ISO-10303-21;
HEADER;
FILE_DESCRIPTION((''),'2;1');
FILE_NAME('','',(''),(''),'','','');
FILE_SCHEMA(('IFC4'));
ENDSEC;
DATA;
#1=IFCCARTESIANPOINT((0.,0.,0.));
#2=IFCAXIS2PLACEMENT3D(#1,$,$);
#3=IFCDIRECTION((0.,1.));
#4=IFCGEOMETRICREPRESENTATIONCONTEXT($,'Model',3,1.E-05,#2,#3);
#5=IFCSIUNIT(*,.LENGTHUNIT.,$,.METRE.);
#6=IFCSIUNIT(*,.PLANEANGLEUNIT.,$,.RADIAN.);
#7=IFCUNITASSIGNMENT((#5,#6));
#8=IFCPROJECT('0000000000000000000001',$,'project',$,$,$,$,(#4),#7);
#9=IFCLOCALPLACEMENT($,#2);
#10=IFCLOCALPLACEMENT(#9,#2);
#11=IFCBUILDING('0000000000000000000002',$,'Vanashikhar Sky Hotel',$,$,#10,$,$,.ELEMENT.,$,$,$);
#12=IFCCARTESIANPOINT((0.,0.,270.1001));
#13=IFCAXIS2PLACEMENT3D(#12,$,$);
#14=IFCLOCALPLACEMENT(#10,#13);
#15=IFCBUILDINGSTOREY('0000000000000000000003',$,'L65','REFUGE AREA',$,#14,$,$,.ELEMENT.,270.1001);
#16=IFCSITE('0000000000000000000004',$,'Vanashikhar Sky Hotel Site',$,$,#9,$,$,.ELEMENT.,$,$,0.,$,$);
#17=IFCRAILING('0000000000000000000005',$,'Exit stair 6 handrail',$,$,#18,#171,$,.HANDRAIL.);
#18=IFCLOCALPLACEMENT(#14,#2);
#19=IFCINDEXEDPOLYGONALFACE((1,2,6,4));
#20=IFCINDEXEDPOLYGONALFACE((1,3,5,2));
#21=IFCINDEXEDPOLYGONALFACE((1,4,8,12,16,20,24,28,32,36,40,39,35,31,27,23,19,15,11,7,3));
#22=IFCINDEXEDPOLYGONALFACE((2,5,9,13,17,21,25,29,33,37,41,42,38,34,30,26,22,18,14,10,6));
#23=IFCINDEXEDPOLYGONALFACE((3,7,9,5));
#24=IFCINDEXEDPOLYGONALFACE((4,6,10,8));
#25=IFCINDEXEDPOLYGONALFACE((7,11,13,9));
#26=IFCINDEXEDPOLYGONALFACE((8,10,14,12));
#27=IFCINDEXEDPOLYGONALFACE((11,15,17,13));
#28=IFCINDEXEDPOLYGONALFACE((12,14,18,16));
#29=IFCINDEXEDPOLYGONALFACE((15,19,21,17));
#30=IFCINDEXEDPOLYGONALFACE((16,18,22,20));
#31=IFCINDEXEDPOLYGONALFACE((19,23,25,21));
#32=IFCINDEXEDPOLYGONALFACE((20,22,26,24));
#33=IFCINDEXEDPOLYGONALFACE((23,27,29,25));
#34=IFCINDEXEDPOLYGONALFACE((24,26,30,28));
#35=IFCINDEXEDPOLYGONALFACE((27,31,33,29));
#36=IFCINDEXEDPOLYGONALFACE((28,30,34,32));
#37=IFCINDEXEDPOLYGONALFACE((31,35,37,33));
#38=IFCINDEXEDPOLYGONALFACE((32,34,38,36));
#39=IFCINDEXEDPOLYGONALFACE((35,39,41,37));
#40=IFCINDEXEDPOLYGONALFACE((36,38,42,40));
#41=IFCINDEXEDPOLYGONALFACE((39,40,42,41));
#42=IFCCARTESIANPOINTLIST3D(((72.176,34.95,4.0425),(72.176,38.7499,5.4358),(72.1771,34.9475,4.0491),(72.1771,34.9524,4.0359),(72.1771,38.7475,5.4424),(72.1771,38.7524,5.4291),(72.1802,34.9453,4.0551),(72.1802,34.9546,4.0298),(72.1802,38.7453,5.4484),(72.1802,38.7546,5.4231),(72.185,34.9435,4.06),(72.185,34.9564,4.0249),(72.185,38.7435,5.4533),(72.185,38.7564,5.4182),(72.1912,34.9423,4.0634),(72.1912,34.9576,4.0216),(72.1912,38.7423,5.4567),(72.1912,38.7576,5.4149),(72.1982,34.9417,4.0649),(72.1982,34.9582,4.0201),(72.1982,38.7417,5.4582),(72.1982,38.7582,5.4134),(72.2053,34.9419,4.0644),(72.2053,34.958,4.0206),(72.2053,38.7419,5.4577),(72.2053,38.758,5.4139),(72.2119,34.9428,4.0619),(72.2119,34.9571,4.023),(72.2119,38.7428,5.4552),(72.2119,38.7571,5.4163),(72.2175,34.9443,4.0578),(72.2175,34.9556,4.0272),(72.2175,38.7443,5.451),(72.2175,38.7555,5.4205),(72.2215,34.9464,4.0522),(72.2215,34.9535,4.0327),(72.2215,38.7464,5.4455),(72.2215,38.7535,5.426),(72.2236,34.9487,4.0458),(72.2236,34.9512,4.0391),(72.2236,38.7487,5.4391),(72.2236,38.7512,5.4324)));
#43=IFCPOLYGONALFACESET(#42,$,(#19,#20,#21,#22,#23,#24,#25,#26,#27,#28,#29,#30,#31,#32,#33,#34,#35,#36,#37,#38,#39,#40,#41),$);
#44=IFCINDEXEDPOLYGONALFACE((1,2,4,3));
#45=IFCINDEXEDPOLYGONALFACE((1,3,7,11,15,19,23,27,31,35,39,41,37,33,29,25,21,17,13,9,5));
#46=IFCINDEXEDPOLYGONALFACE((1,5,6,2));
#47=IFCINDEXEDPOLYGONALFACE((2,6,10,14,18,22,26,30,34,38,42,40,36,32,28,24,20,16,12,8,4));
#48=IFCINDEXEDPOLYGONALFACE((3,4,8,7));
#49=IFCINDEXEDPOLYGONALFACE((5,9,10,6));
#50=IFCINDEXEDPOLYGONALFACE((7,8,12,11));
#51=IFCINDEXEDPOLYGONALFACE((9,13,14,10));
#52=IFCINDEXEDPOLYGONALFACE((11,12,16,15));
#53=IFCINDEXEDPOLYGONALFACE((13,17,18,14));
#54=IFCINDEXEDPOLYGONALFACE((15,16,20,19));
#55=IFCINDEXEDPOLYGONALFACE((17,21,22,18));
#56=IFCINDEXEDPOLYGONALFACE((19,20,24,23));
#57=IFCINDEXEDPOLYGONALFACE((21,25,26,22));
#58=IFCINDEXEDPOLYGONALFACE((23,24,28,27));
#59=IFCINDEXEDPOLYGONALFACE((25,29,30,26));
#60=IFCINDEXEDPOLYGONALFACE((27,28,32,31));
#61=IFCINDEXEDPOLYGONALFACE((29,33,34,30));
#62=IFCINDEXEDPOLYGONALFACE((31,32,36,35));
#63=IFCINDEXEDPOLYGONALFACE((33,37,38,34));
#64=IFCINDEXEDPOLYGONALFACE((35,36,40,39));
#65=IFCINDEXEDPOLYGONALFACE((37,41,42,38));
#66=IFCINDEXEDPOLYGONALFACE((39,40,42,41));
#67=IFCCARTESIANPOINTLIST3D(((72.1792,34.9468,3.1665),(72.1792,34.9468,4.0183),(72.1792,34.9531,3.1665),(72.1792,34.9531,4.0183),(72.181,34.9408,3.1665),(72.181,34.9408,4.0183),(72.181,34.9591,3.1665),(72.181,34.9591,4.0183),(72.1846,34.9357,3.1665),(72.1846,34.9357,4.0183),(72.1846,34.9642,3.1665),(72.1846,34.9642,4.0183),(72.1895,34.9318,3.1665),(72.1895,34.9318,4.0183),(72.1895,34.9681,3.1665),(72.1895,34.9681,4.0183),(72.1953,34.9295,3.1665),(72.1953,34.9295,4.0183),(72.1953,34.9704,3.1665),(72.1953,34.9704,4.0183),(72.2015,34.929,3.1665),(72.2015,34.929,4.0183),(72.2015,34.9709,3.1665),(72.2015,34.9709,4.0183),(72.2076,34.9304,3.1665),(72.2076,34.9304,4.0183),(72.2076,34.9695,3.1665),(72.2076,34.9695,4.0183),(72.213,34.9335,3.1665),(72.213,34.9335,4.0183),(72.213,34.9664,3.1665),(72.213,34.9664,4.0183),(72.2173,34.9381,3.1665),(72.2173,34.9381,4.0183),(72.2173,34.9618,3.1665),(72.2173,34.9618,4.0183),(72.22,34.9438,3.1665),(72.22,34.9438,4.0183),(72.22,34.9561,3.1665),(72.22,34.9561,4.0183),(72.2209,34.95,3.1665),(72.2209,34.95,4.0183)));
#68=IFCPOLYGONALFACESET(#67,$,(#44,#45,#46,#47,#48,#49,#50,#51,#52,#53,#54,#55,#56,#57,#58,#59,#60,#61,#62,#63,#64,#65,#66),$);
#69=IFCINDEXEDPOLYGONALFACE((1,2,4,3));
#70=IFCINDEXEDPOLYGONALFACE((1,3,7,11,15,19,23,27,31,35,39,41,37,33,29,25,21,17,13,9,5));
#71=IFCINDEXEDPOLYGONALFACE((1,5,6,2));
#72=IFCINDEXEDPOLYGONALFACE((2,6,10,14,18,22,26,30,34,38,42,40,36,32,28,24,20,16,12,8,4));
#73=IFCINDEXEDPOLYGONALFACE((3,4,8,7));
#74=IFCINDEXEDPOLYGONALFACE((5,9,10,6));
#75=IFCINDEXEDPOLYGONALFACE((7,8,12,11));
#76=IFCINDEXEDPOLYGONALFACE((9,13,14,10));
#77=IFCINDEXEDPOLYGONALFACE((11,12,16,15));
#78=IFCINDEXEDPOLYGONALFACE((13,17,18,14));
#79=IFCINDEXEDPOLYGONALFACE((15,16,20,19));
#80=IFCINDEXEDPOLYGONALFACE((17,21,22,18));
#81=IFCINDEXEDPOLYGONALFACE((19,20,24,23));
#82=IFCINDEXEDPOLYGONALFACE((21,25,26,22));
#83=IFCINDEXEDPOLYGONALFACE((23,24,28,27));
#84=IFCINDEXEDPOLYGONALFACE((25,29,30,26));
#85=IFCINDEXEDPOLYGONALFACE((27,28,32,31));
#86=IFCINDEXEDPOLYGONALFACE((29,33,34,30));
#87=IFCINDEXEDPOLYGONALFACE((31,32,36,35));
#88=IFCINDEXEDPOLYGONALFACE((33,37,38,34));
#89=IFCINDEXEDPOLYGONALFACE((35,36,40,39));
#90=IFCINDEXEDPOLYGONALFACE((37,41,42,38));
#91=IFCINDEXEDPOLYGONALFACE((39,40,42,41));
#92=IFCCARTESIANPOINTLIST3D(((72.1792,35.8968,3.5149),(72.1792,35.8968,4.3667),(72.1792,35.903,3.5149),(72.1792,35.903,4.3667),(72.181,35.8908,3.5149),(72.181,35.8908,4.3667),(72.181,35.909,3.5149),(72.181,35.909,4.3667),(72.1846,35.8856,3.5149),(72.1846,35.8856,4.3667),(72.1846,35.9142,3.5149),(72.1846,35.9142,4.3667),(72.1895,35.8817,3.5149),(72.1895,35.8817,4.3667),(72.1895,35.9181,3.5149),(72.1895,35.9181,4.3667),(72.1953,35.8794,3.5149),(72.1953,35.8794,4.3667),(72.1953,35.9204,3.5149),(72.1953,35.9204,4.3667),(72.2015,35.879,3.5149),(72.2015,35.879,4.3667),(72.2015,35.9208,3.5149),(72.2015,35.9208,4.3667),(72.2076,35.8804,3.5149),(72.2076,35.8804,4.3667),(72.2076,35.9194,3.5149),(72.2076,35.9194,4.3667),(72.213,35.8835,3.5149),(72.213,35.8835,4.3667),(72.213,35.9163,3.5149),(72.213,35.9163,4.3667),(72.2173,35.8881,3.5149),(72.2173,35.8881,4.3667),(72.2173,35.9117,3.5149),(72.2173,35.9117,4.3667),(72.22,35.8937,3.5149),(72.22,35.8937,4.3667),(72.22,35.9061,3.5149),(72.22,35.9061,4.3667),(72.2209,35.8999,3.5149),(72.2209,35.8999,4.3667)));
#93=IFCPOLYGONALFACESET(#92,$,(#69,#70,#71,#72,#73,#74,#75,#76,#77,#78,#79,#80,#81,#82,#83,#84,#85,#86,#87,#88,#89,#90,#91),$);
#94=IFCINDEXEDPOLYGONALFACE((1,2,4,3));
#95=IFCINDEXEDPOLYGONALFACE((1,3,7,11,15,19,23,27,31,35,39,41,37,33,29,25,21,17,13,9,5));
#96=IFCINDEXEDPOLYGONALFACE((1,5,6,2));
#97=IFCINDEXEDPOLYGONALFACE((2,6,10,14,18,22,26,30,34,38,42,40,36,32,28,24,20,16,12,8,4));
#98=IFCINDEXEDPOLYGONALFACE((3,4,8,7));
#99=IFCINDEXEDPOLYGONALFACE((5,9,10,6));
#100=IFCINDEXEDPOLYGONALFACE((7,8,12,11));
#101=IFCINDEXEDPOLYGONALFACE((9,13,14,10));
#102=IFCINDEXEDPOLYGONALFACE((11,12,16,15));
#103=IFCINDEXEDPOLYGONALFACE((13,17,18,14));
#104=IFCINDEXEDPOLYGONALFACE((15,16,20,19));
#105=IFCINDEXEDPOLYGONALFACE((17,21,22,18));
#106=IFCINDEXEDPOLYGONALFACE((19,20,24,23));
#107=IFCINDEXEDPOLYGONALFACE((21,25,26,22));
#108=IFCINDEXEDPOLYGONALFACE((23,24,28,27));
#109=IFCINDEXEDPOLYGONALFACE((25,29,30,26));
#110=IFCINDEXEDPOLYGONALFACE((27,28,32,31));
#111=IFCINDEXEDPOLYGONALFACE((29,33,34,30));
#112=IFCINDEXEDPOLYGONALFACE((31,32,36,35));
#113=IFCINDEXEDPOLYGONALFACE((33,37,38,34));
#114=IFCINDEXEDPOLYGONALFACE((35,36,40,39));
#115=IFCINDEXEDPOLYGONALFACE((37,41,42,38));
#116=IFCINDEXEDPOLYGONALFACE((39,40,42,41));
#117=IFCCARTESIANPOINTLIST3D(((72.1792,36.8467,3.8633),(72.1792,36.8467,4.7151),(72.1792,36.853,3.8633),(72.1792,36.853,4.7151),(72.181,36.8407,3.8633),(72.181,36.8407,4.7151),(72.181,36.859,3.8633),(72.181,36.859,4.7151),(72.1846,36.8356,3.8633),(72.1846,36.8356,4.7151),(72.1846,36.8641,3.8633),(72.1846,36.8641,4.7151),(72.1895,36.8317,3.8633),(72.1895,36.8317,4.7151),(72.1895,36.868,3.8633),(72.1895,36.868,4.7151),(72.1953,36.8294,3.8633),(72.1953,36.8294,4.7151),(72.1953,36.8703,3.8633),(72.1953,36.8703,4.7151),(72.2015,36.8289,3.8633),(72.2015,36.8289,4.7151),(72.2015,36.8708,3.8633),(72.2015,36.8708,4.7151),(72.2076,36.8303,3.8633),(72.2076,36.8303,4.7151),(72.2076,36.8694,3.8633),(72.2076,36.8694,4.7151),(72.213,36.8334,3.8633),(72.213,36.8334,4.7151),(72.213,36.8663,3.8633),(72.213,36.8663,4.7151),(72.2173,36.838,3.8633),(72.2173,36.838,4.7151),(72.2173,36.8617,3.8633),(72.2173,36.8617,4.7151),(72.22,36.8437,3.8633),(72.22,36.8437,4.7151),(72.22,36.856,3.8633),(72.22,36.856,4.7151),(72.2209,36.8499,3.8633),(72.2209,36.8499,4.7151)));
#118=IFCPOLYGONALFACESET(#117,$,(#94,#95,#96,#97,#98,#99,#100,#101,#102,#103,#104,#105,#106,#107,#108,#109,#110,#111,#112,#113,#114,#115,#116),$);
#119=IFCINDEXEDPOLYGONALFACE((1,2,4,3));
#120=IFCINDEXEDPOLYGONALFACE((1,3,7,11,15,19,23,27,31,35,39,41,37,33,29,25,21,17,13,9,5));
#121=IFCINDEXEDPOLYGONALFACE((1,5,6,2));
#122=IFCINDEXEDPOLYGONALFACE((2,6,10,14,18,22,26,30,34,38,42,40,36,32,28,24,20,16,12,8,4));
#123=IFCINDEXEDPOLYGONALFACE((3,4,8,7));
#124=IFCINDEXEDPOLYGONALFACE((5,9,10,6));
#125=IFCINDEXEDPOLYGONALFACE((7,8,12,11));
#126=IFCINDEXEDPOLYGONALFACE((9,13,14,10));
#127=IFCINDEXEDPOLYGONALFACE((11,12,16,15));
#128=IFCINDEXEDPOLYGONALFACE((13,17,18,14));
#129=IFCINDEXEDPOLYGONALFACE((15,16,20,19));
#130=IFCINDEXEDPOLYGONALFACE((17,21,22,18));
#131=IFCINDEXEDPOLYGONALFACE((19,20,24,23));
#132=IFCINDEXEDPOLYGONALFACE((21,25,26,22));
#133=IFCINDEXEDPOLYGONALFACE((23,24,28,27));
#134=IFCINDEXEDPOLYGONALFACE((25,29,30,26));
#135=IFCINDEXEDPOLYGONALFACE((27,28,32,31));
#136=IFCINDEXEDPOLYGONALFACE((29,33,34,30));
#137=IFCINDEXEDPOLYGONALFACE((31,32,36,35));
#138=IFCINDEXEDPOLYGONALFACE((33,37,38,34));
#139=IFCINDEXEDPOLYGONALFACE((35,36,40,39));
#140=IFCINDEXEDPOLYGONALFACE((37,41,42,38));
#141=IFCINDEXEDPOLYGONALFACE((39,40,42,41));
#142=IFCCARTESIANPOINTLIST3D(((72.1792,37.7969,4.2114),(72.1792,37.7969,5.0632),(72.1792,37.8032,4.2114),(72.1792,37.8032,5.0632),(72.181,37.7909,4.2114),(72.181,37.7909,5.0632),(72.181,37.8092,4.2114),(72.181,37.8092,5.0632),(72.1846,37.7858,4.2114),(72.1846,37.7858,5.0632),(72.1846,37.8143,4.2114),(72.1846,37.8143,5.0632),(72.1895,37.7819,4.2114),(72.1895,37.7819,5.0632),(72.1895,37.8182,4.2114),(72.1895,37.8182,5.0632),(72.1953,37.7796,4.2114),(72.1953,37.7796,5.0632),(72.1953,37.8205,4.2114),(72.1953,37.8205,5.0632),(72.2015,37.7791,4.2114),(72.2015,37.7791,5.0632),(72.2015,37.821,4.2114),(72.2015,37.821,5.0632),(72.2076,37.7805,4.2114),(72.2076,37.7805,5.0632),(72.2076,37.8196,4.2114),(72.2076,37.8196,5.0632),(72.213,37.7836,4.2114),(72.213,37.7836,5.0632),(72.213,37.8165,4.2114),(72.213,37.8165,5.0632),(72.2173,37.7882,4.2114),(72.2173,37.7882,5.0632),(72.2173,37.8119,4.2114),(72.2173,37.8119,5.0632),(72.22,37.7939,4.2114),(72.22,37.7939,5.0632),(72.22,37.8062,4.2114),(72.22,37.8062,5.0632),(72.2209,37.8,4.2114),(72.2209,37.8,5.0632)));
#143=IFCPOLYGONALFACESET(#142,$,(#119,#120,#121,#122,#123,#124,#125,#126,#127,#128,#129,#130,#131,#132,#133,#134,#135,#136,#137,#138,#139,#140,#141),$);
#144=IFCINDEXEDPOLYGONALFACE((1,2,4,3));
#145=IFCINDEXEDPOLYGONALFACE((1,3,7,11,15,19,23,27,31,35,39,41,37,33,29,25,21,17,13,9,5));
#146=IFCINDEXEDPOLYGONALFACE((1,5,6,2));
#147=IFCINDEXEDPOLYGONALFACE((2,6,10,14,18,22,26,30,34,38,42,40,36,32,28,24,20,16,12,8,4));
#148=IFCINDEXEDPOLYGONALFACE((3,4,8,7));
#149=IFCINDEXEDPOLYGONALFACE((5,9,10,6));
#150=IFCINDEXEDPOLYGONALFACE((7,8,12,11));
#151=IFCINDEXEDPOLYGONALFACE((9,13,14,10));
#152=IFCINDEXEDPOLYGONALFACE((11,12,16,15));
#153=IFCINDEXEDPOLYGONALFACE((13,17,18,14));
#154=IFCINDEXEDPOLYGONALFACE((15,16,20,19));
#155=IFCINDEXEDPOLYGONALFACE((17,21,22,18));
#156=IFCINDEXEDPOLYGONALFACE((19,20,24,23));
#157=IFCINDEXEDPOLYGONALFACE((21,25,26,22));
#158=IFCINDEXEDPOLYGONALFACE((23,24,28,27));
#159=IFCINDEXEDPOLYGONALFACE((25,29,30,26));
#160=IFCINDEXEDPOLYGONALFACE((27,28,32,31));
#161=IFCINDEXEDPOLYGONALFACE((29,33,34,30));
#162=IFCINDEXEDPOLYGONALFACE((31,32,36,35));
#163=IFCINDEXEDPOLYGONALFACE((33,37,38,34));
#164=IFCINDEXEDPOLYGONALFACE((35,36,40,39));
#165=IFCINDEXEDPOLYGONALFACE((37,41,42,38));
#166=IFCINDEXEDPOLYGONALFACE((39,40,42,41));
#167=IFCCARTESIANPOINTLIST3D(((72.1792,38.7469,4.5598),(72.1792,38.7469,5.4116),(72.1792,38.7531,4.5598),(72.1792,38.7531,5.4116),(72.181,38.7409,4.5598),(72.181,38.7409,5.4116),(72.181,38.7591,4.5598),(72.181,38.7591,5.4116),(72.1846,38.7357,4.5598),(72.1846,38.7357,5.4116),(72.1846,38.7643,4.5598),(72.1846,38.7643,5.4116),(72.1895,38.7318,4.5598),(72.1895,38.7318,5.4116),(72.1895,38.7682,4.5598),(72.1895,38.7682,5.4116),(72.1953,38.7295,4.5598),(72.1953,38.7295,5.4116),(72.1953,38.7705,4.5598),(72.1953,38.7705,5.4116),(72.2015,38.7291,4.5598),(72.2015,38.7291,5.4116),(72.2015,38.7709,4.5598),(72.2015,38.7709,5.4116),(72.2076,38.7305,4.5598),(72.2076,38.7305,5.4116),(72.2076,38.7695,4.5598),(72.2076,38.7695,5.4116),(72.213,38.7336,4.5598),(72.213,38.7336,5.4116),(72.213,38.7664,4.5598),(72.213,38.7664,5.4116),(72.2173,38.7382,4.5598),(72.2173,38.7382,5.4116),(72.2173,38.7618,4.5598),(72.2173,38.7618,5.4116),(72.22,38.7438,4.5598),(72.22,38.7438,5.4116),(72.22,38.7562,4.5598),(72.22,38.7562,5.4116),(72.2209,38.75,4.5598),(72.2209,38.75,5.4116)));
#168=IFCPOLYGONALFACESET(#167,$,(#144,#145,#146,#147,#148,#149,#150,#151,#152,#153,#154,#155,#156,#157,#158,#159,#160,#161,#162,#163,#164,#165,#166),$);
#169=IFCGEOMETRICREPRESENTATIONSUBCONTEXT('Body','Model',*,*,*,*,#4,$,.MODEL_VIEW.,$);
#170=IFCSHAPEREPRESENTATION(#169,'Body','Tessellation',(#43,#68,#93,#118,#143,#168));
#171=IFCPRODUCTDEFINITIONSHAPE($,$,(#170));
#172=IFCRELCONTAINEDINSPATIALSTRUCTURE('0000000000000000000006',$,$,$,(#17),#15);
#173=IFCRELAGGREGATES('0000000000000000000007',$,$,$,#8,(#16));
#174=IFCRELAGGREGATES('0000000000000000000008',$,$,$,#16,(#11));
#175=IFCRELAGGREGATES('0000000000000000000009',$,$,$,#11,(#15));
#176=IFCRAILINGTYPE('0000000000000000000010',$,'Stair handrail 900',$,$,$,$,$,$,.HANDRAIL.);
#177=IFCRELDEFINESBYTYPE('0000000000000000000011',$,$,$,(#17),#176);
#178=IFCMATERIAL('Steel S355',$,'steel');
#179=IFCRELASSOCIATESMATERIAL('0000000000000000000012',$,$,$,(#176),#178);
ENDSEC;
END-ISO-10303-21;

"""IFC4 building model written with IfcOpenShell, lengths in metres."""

from ifc_helpers import new_model, si_unit, direction, frame, origin, origin_2d, place, context, subcontext, project, spatial, circle, extrude, source, transform, mapped, material, type_object, element, save


model = new_model("IFC4")

# Units and contexts
model_context = context("Model", 3, precision=1e-05, world=origin(), true_north=direction((0.0, 1.0)))
body_context = subcontext(model_context, "Body", "Model", "MODEL_VIEW")
ifc_project = project(units=[si_unit("LENGTHUNIT", "METRE"), si_unit("PLANEANGLEUNIT", "RADIAN")], contexts=[model_context])

# Site, building, storey
site_placement = place(None, origin())
site = spatial("IfcSite", under=ifc_project, at=site_placement, Name="Vanashikhar Sky Hotel Site", CompositionType="ELEMENT", RefElevation=0.0)
building_placement = place(site_placement, origin())
building = spatial("IfcBuilding", under=site, at=building_placement, Name="Vanashikhar Sky Hotel", CompositionType="ELEMENT")
storey_placement = place(building_placement, frame((0.0, 0.0, 270.1001)))
storey = spatial("IfcBuildingStorey", under=building, at=storey_placement, Name="L65", Description="REFUGE AREA", CompositionType="ELEMENT", Elevation=270.1001)

# Railing
ifc_material_1 = material(Name="Steel S355", Category="steel")
railing_type_1 = type_object("IfcRailingType", Name="Stair handrail 900", PredefinedType="HANDRAIL", material=ifc_material_1)
shared_shape_1 = source(origin(), body_context, "Body", "SweptSolid", [
    extrude(circle(Radius=0.0239, at=origin_2d()), frame((0.0, 0.0, 0.876), z_axis=(0.0, 0.93888, 0.344246), x_axis=(-1.0, 0.0, 0.0)), (0.0, 0.0, 1.0), 4.0474),
    extrude(circle(Radius=0.021, at=origin_2d()), origin(), (0.0, 0.0, 1.0), 0.8518),
    extrude(circle(Radius=0.021, at=origin_2d()), frame((0.0, 0.95, 0.3484)), (0.0, 0.0, 1.0), 0.8518),
    extrude(circle(Radius=0.021, at=origin_2d()), frame((0.0, 1.8999, 0.6968)), (0.0, 0.0, 1.0), 0.8518),
    extrude(circle(Radius=0.021, at=origin_2d()), frame((0.0, 2.8501, 1.0449)), (0.0, 0.0, 1.0), 0.8518),
    extrude(circle(Radius=0.021, at=origin_2d()), frame((0.0, 3.8, 1.3933)), (0.0, 0.0, 1.0), 0.8518),
])
for number, where, name in (
    (1, (72.2, 34.95, 3.1665), "Exit stair 6 handrail"),
):
    element("IfcRailing", number, at=place(storey_placement, frame(where)), inside=storey, type_object=railing_type_1, Name=name, PredefinedType="HANDRAIL", context=body_context, shape_type="MappedRepresentation", body=[
        mapped(shared_shape_1, transform((0.0, 0.0, 0.0), scale=1.0)),
    ])

save(model, "model.ifc")
